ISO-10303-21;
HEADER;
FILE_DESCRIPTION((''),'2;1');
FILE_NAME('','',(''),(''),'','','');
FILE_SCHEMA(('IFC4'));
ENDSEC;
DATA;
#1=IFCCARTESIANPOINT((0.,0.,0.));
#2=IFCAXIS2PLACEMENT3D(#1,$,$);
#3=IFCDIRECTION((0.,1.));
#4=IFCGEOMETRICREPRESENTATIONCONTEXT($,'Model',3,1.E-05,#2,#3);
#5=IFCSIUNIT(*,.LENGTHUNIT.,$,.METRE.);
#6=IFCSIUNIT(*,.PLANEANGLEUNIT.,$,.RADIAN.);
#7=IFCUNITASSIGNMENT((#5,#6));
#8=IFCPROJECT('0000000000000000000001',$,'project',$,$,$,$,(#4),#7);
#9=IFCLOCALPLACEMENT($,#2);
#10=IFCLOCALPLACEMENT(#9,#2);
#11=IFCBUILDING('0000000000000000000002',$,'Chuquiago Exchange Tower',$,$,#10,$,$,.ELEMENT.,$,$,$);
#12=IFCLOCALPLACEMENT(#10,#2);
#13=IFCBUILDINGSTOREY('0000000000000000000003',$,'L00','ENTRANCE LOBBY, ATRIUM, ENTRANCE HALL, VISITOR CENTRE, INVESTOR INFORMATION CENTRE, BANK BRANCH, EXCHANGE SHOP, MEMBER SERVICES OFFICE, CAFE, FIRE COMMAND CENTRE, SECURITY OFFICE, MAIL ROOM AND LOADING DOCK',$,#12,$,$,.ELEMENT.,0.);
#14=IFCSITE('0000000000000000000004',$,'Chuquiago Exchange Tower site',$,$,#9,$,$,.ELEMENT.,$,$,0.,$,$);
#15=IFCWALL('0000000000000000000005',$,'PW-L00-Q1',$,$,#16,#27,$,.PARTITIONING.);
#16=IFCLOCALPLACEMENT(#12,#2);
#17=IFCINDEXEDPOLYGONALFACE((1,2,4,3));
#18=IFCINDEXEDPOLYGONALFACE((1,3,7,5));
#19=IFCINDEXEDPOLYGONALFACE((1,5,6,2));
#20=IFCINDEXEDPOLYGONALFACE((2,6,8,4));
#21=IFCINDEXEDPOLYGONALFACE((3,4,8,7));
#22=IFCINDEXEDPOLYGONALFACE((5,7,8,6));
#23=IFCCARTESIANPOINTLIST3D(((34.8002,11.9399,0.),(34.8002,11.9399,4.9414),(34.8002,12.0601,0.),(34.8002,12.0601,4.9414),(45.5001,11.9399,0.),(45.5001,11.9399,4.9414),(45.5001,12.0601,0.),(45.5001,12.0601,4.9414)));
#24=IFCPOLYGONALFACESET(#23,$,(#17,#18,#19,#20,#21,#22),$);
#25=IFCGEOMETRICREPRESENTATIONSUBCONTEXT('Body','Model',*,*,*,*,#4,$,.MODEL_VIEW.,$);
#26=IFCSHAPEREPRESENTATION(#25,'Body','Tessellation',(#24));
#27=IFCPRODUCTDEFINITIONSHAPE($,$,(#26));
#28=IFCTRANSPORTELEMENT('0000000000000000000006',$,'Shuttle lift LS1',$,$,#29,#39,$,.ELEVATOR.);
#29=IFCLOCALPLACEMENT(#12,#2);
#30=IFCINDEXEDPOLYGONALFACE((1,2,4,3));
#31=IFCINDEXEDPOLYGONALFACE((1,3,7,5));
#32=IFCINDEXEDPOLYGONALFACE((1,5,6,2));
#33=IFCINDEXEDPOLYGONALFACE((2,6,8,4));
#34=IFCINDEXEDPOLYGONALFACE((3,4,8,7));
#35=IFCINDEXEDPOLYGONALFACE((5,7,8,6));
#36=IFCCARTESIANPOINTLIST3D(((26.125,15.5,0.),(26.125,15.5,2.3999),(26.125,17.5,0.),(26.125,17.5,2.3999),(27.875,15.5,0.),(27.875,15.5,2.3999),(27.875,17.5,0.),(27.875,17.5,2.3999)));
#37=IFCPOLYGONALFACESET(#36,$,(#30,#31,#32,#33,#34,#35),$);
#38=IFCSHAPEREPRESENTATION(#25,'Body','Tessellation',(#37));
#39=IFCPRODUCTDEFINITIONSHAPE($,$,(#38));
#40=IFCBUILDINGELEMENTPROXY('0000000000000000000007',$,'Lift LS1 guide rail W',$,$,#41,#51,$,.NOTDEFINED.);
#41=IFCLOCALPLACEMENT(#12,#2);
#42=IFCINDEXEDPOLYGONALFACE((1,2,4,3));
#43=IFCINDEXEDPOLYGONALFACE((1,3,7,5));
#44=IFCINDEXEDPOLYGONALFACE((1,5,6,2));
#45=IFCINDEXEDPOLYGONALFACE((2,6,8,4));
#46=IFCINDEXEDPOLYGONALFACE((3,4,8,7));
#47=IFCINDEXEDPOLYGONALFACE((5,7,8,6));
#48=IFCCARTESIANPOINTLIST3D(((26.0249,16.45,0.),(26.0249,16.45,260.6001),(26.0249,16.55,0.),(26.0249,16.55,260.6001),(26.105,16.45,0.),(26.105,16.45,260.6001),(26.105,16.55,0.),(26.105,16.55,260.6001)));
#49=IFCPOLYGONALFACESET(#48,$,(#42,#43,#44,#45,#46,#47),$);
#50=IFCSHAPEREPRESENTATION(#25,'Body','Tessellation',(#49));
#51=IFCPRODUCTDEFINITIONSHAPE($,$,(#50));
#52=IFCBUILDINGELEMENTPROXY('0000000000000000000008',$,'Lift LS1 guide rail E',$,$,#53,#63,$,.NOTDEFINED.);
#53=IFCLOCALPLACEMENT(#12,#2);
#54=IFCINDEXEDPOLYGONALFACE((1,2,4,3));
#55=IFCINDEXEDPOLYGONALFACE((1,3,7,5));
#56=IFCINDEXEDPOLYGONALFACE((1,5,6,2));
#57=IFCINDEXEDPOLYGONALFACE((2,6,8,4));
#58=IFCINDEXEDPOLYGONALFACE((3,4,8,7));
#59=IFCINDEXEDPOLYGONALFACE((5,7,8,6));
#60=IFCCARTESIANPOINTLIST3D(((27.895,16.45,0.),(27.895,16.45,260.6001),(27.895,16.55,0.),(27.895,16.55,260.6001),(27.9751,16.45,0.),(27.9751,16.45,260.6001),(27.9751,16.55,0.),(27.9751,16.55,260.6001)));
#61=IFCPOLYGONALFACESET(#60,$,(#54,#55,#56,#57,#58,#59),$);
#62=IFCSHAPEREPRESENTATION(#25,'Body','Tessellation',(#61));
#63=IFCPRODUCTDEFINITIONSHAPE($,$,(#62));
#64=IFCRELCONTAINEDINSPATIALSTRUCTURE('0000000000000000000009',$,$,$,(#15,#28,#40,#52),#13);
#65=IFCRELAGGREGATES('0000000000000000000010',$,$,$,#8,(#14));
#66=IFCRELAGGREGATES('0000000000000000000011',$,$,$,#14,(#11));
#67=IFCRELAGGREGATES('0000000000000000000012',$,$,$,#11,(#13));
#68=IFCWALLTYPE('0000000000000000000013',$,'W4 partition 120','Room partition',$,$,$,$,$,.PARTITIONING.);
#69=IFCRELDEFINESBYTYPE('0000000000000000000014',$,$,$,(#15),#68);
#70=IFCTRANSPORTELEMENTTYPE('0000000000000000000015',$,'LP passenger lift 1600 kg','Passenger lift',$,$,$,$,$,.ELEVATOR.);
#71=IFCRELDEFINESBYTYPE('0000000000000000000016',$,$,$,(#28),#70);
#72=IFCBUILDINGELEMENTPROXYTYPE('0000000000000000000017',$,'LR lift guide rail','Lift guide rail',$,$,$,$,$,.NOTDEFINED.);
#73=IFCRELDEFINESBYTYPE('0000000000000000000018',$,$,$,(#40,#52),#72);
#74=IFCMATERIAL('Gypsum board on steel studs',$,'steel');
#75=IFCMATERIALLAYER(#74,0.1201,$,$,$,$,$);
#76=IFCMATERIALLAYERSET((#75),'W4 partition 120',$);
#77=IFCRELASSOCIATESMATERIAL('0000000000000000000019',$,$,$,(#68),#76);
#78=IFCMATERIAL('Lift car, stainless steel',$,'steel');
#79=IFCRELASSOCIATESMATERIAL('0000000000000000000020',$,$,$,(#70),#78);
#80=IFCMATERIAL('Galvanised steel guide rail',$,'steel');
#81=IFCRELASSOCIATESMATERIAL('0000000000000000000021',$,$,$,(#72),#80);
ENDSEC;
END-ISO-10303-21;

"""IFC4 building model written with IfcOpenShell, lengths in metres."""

from ifc_helpers import new_model, si_unit, direction, frame, frame_2d, origin, origin_2d, place, context, subcontext, project, spatial, rectangle, extrude, material, layer, layer_set, type_object, element, save


model = new_model("IFC4")

# Units and contexts
model_context = context("Model", 3, precision=1e-05, world=origin(), true_north=direction((0.0, 1.0)))
body_context = subcontext(model_context, "Body", "Model", "MODEL_VIEW")
ifc_project = project(units=[si_unit("LENGTHUNIT", "METRE"), si_unit("PLANEANGLEUNIT", "RADIAN")], contexts=[model_context])

# Site, building, storey
site_placement = place(None, origin())
site = spatial("IfcSite", under=ifc_project, at=site_placement, Name="Chuquiago Exchange Tower site", CompositionType="ELEMENT", RefElevation=0.0)
building_placement = place(site_placement, origin())
building = spatial("IfcBuilding", under=site, at=building_placement, Name="Chuquiago Exchange Tower", CompositionType="ELEMENT")
storey_placement = place(building_placement, origin())
storey = spatial("IfcBuildingStorey", under=building, at=storey_placement, Name="L00", Description="ENTRANCE LOBBY, ATRIUM, ENTRANCE HALL, VISITOR CENTRE, INVESTOR INFORMATION CENTRE, BANK BRANCH, EXCHANGE SHOP, MEMBER SERVICES OFFICE, CAFE, FIRE COMMAND CENTRE, SECURITY OFFICE, MAIL ROOM AND LOADING DOCK", CompositionType="ELEMENT", Elevation=0.0)

# Shared definitions
ifc_material_1 = material(Name="Gypsum board on steel studs", Category="steel")
ifc_layer_1 = layer(ifc_material_1, 0.1201)
ifc_layer_set_1 = layer_set([ifc_layer_1], Name="W4 partition 120")
wall_type_1 = type_object("IfcWallType", Name="W4 partition 120", Description="Room partition", PredefinedType="PARTITIONING", material=ifc_layer_set_1)

# Wall
wall_1_placement = place(storey_placement, frame((34.8, 12.0, 0.0), z_axis=(0.0, 0.0, 1.0), x_axis=(1.0, 0.0, 0.0)))
element("IfcWall", 1, at=wall_1_placement, inside=storey, type_object=wall_type_1, Name="PW-L00-Q1", PredefinedType="PARTITIONING", context=body_context, shape_type="SweptSolid", body=[
    extrude(rectangle(XDim=10.7, YDim=0.1201, at=frame_2d((5.3501, 0.0))), origin(), (0.0, 0.0, 1.0), 4.9414),
])

# Transport element
ifc_material_2 = material(Name="Lift car, stainless steel", Category="steel")
transport_element_type = type_object("IfcTransportElementType", Name="LP passenger lift 1600 kg", Description="Passenger lift", PredefinedType="ELEVATOR", material=ifc_material_2)
transport_element_placement = place(storey_placement, frame((27.0, 16.5, 0.0), z_axis=(0.0, 0.0, 1.0), x_axis=(1.0, 0.0, 0.0)))
element("IfcTransportElement", 2, at=transport_element_placement, inside=storey, type_object=transport_element_type, Name="Shuttle lift LS1", PredefinedType="ELEVATOR", context=body_context, shape_type="SweptSolid", body=[
    extrude(rectangle(XDim=1.75, YDim=2.0, at=origin_2d()), origin(), (0.0, 0.0, 1.0), 2.3999),
])

# Building element proxies
ifc_material_3 = material(Name="Galvanised steel guide rail", Category="steel")
building_element_proxy_type = type_object("IfcBuildingElementProxyType", Name="LR lift guide rail", Description="Lift guide rail", PredefinedType="NOTDEFINED", material=ifc_material_3)
for number, where, z_axis, x_axis, name in (
    (3, (26.0649, 16.5, 0.0), (0.0, 0.0, 1.0), (1.0, 0.0, 0.0), "Lift LS1 guide rail W"),
    (4, (27.9351, 16.5, 0.0), (0.0, 0.0, 1.0), (1.0, 0.0, 0.0), "Lift LS1 guide rail E"),
):
    element("IfcBuildingElementProxy", number, at=place(storey_placement, frame(where, z_axis=z_axis, x_axis=x_axis)), inside=storey, type_object=building_element_proxy_type, Name=name, PredefinedType="NOTDEFINED", context=body_context, shape_type="SweptSolid", body=[
        extrude(rectangle(XDim=0.0801, YDim=0.1001, at=origin_2d()), origin(), (0.0, 0.0, 1.0), 260.6001),
    ])

save(model, "model.ifc")
